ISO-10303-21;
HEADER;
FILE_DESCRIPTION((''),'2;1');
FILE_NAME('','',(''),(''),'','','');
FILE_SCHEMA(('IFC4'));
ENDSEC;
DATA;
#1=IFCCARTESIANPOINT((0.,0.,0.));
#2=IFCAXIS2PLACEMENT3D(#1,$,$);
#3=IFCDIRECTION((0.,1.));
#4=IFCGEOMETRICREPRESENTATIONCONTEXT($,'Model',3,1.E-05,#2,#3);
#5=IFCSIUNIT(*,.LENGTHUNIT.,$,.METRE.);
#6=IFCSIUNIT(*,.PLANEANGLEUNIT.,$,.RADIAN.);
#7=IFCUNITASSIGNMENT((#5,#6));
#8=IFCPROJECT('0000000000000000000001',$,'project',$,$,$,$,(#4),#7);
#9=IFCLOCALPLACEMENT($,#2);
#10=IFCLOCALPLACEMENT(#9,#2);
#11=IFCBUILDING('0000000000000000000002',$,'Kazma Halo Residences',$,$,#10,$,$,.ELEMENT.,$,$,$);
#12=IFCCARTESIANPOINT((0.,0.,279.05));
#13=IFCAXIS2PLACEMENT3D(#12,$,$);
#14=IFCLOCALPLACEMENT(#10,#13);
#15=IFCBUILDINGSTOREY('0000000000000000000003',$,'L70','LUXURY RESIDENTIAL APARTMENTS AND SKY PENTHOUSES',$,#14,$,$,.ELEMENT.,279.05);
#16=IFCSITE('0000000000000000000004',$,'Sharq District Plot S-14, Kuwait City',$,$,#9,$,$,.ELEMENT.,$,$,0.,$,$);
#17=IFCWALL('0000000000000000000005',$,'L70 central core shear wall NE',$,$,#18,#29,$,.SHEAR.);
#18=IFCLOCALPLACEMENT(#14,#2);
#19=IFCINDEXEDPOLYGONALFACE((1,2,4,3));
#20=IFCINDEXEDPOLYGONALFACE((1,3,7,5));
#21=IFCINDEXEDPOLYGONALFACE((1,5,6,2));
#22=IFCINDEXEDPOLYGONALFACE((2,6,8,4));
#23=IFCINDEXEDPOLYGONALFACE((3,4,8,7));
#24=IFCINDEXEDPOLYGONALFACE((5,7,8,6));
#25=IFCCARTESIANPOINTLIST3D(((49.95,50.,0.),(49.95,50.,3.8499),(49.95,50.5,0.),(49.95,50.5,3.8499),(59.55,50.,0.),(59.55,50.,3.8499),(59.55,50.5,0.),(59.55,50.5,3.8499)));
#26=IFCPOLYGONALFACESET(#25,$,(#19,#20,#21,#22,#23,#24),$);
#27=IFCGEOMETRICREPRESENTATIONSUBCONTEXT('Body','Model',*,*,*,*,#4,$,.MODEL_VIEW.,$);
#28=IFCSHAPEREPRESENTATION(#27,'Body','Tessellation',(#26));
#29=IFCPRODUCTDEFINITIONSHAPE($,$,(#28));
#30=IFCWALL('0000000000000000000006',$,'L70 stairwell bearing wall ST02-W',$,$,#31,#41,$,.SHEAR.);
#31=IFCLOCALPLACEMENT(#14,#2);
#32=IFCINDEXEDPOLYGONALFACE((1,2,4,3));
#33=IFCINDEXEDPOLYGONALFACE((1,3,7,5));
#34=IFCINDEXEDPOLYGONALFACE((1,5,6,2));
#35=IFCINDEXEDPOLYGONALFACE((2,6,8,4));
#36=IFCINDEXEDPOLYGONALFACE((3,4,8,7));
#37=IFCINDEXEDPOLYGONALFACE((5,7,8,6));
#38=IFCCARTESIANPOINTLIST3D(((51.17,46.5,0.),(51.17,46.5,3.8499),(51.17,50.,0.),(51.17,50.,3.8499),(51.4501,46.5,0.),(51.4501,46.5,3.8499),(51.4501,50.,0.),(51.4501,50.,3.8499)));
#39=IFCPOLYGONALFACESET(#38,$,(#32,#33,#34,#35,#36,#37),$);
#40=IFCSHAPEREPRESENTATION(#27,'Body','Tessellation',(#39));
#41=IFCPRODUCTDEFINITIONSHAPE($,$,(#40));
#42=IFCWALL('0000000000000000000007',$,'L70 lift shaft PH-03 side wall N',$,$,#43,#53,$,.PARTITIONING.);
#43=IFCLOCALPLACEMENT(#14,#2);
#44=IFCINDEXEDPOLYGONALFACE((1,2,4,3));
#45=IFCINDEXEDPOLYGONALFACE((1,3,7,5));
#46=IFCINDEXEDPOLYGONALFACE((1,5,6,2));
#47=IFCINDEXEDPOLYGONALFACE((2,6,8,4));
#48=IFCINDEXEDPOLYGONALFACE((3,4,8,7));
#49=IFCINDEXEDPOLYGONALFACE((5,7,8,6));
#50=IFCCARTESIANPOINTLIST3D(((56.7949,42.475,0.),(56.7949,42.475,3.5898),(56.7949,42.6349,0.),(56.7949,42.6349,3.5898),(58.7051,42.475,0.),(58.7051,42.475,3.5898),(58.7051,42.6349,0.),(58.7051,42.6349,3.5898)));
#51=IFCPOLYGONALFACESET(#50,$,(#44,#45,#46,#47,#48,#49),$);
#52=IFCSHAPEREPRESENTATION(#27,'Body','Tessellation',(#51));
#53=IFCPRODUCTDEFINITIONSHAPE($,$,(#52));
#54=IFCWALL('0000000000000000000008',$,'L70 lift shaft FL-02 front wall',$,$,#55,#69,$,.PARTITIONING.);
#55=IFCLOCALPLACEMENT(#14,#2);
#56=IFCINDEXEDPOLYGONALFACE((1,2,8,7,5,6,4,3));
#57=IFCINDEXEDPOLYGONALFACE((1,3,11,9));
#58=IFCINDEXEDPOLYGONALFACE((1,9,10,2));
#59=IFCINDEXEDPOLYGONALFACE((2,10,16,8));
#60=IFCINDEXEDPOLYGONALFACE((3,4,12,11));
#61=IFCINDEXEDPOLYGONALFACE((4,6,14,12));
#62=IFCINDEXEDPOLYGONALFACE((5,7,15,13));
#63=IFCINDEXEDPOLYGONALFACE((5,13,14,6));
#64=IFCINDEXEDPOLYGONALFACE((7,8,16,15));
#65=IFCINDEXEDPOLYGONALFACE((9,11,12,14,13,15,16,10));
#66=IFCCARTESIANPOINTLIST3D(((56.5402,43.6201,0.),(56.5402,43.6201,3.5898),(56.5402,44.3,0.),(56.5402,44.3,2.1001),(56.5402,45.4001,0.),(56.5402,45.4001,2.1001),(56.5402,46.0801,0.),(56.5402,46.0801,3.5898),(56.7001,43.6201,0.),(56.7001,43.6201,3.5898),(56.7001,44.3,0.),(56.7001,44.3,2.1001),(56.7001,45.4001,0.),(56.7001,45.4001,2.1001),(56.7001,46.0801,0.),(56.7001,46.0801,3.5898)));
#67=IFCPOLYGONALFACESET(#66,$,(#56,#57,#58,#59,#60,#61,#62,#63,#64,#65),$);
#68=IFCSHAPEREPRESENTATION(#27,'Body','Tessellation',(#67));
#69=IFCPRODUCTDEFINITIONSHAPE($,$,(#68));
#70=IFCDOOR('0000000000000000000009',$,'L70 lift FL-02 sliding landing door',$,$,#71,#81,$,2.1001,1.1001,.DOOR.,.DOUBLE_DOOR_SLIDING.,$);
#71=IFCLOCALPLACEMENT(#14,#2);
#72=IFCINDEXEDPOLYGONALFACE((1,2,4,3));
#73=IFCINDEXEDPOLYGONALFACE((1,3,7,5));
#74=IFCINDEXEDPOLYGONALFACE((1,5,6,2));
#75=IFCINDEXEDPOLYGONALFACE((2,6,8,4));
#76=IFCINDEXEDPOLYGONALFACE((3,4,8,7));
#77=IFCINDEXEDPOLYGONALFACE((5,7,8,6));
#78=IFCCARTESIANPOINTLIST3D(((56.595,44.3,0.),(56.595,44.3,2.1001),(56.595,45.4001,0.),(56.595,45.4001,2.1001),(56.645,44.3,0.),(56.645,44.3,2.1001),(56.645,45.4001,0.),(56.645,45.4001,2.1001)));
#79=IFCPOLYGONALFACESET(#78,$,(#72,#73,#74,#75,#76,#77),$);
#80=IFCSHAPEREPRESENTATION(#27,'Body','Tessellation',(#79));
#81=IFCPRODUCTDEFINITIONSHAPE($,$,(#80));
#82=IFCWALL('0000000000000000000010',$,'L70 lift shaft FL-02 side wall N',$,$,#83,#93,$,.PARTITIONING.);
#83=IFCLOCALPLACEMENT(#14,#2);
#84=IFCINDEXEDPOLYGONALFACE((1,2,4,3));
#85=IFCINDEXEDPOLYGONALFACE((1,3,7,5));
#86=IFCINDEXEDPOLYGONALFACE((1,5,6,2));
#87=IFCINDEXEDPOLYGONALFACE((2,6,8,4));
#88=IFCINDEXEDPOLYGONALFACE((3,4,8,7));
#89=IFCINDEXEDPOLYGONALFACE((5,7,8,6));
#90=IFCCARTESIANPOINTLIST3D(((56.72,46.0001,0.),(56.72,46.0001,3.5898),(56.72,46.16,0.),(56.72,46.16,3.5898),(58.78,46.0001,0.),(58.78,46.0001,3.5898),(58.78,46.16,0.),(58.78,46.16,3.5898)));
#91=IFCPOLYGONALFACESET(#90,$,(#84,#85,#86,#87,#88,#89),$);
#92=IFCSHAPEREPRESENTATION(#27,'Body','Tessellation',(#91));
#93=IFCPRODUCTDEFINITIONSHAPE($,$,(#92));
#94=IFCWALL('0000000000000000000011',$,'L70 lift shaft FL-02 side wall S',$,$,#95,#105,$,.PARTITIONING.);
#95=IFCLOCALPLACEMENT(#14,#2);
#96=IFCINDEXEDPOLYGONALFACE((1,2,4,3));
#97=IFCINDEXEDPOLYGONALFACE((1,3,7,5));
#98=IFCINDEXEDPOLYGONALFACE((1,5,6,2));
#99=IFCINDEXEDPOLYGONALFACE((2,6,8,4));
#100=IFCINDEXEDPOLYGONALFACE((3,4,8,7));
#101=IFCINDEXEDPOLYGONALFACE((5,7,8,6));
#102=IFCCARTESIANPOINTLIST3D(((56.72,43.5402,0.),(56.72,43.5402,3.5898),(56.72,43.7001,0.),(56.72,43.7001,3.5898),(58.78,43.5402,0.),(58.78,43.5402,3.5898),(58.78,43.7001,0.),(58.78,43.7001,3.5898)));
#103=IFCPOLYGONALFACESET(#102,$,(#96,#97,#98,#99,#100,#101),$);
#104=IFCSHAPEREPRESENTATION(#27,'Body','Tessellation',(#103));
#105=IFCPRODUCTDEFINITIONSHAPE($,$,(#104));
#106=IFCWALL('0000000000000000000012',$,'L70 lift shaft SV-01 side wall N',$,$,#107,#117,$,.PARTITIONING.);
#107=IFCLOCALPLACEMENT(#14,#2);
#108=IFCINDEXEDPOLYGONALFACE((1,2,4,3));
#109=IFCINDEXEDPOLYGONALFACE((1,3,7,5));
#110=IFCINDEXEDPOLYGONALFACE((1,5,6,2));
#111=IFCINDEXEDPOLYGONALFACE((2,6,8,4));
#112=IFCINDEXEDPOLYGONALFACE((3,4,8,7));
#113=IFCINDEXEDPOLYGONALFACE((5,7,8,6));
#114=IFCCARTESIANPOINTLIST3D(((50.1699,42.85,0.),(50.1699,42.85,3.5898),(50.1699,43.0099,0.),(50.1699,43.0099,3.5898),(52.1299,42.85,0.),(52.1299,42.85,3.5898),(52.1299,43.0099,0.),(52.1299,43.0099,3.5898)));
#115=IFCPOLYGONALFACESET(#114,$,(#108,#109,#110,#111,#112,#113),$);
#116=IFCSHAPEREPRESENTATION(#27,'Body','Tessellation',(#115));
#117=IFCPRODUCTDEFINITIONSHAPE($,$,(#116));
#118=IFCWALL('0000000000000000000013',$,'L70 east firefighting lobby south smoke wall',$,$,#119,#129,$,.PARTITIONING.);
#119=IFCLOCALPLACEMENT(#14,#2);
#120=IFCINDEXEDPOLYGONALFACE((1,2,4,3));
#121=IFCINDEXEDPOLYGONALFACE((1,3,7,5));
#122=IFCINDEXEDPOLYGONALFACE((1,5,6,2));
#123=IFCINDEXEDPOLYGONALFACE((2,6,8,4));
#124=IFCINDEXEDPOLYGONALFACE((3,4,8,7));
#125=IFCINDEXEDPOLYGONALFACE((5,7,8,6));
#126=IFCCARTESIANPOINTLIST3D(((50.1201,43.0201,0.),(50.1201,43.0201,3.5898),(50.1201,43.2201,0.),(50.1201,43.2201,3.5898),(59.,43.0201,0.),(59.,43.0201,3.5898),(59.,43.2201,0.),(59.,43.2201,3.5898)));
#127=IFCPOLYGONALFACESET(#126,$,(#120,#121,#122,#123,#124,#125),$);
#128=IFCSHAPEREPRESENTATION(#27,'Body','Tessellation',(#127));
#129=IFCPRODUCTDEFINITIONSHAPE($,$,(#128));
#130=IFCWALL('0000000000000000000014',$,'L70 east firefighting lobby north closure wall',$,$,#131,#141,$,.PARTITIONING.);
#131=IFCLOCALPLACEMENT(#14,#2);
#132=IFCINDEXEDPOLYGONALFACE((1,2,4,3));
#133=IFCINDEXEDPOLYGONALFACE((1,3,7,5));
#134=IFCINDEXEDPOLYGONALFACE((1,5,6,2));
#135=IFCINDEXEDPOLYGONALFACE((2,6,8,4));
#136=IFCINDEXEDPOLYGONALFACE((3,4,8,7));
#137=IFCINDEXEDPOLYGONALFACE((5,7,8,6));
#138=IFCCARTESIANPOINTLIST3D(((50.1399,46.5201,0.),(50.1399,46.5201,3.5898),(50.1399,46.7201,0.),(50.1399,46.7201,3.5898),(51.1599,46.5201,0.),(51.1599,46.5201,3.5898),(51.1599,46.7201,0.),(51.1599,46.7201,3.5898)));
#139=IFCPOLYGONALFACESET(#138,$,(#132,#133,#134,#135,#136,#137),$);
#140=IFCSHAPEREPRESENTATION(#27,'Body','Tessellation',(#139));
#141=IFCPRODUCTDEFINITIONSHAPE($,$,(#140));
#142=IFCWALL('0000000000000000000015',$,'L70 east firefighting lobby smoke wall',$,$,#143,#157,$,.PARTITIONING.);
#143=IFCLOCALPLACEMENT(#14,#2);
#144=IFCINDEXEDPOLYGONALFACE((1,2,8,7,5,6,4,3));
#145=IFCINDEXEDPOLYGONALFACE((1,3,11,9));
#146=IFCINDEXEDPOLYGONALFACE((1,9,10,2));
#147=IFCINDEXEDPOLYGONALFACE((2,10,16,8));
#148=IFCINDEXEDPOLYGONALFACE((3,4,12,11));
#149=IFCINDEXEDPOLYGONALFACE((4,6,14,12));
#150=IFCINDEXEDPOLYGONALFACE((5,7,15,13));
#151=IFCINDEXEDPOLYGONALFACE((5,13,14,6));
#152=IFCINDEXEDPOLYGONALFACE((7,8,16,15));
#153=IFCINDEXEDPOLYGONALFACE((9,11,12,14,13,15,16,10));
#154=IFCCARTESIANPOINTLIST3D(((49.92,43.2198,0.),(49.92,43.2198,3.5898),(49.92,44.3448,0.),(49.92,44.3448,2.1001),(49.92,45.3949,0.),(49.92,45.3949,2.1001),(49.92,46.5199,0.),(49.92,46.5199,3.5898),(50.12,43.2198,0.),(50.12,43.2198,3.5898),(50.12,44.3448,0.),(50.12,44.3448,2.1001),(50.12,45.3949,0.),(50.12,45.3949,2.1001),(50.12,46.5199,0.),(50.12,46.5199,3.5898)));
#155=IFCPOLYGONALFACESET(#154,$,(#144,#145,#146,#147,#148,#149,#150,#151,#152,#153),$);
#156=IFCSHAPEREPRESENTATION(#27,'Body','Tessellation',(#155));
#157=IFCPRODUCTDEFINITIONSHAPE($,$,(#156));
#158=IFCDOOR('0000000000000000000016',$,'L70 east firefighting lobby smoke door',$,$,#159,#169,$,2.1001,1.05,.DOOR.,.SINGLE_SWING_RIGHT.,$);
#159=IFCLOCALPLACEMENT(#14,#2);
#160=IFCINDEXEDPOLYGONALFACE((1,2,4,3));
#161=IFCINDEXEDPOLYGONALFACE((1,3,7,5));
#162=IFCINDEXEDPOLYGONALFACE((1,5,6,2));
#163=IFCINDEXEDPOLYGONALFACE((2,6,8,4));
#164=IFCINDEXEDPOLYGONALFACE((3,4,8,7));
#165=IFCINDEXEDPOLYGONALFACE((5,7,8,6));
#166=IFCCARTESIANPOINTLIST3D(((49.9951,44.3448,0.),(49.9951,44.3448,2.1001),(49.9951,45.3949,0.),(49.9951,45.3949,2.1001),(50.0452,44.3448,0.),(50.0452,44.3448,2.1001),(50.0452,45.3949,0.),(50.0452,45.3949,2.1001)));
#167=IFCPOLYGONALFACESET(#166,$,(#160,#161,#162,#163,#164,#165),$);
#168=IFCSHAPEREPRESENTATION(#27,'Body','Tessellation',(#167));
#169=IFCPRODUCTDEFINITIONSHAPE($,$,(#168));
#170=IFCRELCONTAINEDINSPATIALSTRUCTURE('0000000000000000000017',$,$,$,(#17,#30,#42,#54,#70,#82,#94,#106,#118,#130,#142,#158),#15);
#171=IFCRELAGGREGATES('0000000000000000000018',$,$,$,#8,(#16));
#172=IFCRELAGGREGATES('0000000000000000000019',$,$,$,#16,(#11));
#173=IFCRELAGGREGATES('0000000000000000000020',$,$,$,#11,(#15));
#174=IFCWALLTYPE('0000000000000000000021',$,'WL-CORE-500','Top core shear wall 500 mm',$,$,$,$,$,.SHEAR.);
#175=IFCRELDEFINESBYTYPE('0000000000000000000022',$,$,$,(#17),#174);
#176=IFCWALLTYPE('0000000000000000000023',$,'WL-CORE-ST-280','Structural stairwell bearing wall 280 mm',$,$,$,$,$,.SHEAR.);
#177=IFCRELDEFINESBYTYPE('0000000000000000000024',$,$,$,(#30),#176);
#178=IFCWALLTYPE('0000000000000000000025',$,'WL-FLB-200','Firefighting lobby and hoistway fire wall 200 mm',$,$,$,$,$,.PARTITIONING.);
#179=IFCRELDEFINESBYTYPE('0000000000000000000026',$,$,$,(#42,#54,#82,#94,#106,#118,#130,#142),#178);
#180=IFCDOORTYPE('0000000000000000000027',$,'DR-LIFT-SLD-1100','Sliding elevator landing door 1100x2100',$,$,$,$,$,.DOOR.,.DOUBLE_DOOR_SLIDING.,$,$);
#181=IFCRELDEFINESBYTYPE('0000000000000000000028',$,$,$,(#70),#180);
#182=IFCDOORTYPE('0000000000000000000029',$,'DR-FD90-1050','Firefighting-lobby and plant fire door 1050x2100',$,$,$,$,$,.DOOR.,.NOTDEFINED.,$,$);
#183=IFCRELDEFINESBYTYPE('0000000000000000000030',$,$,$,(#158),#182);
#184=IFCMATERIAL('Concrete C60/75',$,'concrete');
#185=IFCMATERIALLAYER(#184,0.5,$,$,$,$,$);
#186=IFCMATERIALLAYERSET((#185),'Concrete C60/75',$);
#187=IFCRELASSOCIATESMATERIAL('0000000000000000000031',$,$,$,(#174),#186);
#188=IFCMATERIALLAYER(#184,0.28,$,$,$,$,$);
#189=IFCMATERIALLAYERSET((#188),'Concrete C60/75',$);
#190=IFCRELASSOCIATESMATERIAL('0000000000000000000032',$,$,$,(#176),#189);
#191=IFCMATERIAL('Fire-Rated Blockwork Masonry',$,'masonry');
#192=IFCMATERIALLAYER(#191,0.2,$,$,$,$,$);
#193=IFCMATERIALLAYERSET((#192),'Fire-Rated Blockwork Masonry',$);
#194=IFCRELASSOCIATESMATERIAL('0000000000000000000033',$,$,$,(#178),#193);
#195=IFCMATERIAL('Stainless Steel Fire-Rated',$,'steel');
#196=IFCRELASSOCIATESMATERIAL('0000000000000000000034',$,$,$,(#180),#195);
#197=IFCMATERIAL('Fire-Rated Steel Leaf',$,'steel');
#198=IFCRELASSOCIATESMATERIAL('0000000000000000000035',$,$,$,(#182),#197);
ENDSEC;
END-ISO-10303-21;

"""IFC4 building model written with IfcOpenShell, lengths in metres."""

from ifc_helpers import new_model, si_unit, direction, frame, frame_2d, origin, place, context, subcontext, project, spatial, rectangle, extrude, material, layer, layer_set, type_object, element, fill, save


model = new_model("IFC4")

# Units and contexts
model_context = context("Model", 3, precision=1e-05, world=origin(), true_north=direction((0.0, 1.0)))
body_context = subcontext(model_context, "Body", "Model", "MODEL_VIEW")
ifc_project = project(units=[si_unit("LENGTHUNIT", "METRE"), si_unit("PLANEANGLEUNIT", "RADIAN")], contexts=[model_context])

# Site, building, storey
site_placement = place(None, origin())
site = spatial("IfcSite", under=ifc_project, at=site_placement, Name="Sharq District Plot S-14, Kuwait City", CompositionType="ELEMENT", RefElevation=0.0)
building_placement = place(site_placement, origin())
building = spatial("IfcBuilding", under=site, at=building_placement, Name="Kazma Halo Residences", CompositionType="ELEMENT")
storey_placement = place(building_placement, frame((0.0, 0.0, 279.05)))
storey = spatial("IfcBuildingStorey", under=building, at=storey_placement, Name="L70", Description="LUXURY RESIDENTIAL APARTMENTS AND SKY PENTHOUSES", CompositionType="ELEMENT", Elevation=279.05)

# Walls
ifc_material_1 = material(Name="Concrete C60/75", Category="concrete")
ifc_layer_1 = layer(ifc_material_1, 0.5)
ifc_layer_set_1 = layer_set([ifc_layer_1], Name="Concrete C60/75")
wall_type_1 = type_object("IfcWallType", Name="WL-CORE-500", Description="Top core shear wall 500 mm", PredefinedType="SHEAR", material=ifc_layer_set_1)
wall_1_placement = place(storey_placement, frame((49.95, 50.25, 0.0), z_axis=(0.0, 0.0, 1.0), x_axis=(1.0, 0.0, 0.0)))
element("IfcWall", 1, at=wall_1_placement, inside=storey, type_object=wall_type_1, Name="L70 central core shear wall NE", PredefinedType="SHEAR", context=body_context, shape_type="SweptSolid", body=[
    extrude(rectangle(XDim=9.6001, YDim=0.5, at=frame_2d((4.8, 0.0))), origin(), (0.0, 0.0, 1.0), 3.8499),
])
ifc_layer_2 = layer(ifc_material_1, 0.28)
ifc_layer_set_2 = layer_set([ifc_layer_2], Name="Concrete C60/75")
wall_type_2 = type_object("IfcWallType", Name="WL-CORE-ST-280", Description="Structural stairwell bearing wall 280 mm", PredefinedType="SHEAR", material=ifc_layer_set_2)
wall_2_placement = place(storey_placement, frame((51.3101, 46.5, 0.0), z_axis=(0.0, 0.0, 1.0), x_axis=(0.0, 1.0, 0.0)))
element("IfcWall", 2, at=wall_2_placement, inside=storey, type_object=wall_type_2, Name="L70 stairwell bearing wall ST02-W", PredefinedType="SHEAR", context=body_context, shape_type="SweptSolid", body=[
    extrude(rectangle(XDim=3.5, YDim=0.28, at=frame_2d((1.75, 0.0))), origin(), (0.0, 0.0, 1.0), 3.8499),
])
ifc_material_2 = material(Name="Fire-Rated Blockwork Masonry", Category="masonry")
ifc_layer_3 = layer(ifc_material_2, 0.2)
ifc_layer_set_3 = layer_set([ifc_layer_3], Name="Fire-Rated Blockwork Masonry")
wall_type_3 = type_object("IfcWallType", Name="WL-FLB-200", Description="Firefighting lobby and hoistway fire wall 200 mm", PredefinedType="PARTITIONING", material=ifc_layer_set_3)
wall_3_placement = place(storey_placement, frame((56.7949, 42.5549, 0.0), z_axis=(0.0, 0.0, 1.0), x_axis=(1.0, 0.0, 0.0)))
element("IfcWall", 3, at=wall_3_placement, inside=storey, type_object=wall_type_3, Name="L70 lift shaft PH-03 side wall N", PredefinedType="PARTITIONING", context=body_context, shape_type="SweptSolid", body=[
    extrude(rectangle(XDim=1.9102, YDim=0.1599, at=frame_2d((0.9551, 0.0))), origin(), (0.0, 0.0, 1.0), 3.5898),
])

# Wall, opening, door
wall_4_placement = place(storey_placement, frame((56.6201, 46.0801, 0.0), z_axis=(0.0, 0.0, 1.0), x_axis=(0.0, -1.0, 0.0)))
wall_4 = element("IfcWall", 4, at=wall_4_placement, inside=storey, type_object=wall_type_3, Name="L70 lift shaft FL-02 front wall", PredefinedType="PARTITIONING", context=body_context, shape_type="SweptSolid", body=[
    extrude(rectangle(XDim=2.46, YDim=0.1599, at=frame_2d((1.23, 0.0))), origin(), (0.0, 0.0, 1.0), 3.5898),
])
opening_1_placement = place(wall_4_placement, frame((0.6799, 0.0, 0.0)))
opening_1 = element("IfcOpeningElement", 5, at=opening_1_placement, cuts=wall_4, PredefinedType="OPENING", context=body_context, shape_type="SweptSolid", body=[
    extrude(rectangle(XDim=1.1001, YDim=2.1001, at=frame_2d((0.55, 1.05))), frame((0.0, 0.0898, 0.0), z_axis=(0.0, -1.0, 0.0), x_axis=(1.0, 0.0, 0.0)), (0.0, 0.0, 1.0), 0.1799),
])
ifc_material_3 = material(Name="Stainless Steel Fire-Rated", Category="steel")
door_type_1 = type_object("IfcDoorType", Name="DR-LIFT-SLD-1100", Description="Sliding elevator landing door 1100x2100", OperationType="DOUBLE_DOOR_SLIDING", PredefinedType="DOOR", material=ifc_material_3)
door_1_placement = place(opening_1_placement, origin())
door_1 = element("IfcDoor", 6, at=door_1_placement, inside=storey, type_object=door_type_1, Name="L70 lift FL-02 sliding landing door", OperationType="DOUBLE_DOOR_SLIDING", OverallHeight=2.1001, OverallWidth=1.1001, PredefinedType="DOOR", context=body_context, shape_type="SweptSolid", body=[
    extrude(rectangle(XDim=1.1001, YDim=2.1001, at=frame_2d((0.55, 1.05))), frame((0.0, 0.0249, 0.0), z_axis=(0.0, -1.0, 0.0), x_axis=(1.0, 0.0, 0.0)), (0.0, 0.0, 1.0), 0.05),
])
fill(opening_1, door_1)

# Walls
for number, where, z_axis, x_axis, name in (
    (7, (56.72, 46.0801, 0.0), (0.0, 0.0, 1.0), (1.0, 0.0, 0.0), "L70 lift shaft FL-02 side wall N"),
    (8, (56.72, 43.6201, 0.0), (0.0, 0.0, 1.0), (1.0, 0.0, 0.0), "L70 lift shaft FL-02 side wall S"),
):
    element("IfcWall", number, at=place(storey_placement, frame(where, z_axis=z_axis, x_axis=x_axis)), inside=storey, type_object=wall_type_3, Name=name, PredefinedType="PARTITIONING", context=body_context, shape_type="SweptSolid", body=[
        extrude(rectangle(XDim=2.0601, YDim=0.1599, at=frame_2d((1.03, 0.0))), origin(), (0.0, 0.0, 1.0), 3.5898),
    ])
wall_5_placement = place(storey_placement, frame((50.1699, 42.9299, 0.0), z_axis=(0.0, 0.0, 1.0), x_axis=(1.0, 0.0, 0.0)))
element("IfcWall", 9, at=wall_5_placement, inside=storey, type_object=wall_type_3, Name="L70 lift shaft SV-01 side wall N", PredefinedType="PARTITIONING", context=body_context, shape_type="SweptSolid", body=[
    extrude(rectangle(XDim=1.96, YDim=0.1599, at=frame_2d((0.98, 0.0))), origin(), (0.0, 0.0, 1.0), 3.5898),
])
wall_6_placement = place(storey_placement, frame((50.1201, 43.1201, 0.0), z_axis=(0.0, 0.0, 1.0), x_axis=(1.0, 0.0, 0.0)))
element("IfcWall", 10, at=wall_6_placement, inside=storey, type_object=wall_type_3, Name="L70 east firefighting lobby south smoke wall", PredefinedType="PARTITIONING", context=body_context, shape_type="SweptSolid", body=[
    extrude(rectangle(XDim=8.8799, YDim=0.2, at=frame_2d((4.4399, 0.0))), origin(), (0.0, 0.0, 1.0), 3.5898),
])
wall_7_placement = place(storey_placement, frame((50.1399, 46.6201, 0.0), z_axis=(0.0, 0.0, 1.0), x_axis=(1.0, 0.0, 0.0)))
element("IfcWall", 11, at=wall_7_placement, inside=storey, type_object=wall_type_3, Name="L70 east firefighting lobby north closure wall", PredefinedType="PARTITIONING", context=body_context, shape_type="SweptSolid", body=[
    extrude(rectangle(XDim=1.02, YDim=0.2, at=frame_2d((0.51, 0.0))), origin(), (0.0, 0.0, 1.0), 3.5898),
])

# Wall, opening, door
wall_8_placement = place(storey_placement, frame((50.02, 43.22, 0.0), z_axis=(0.0, 0.0, 1.0), x_axis=(0.0, 1.0, 0.0)))
wall_8 = element("IfcWall", 12, at=wall_8_placement, inside=storey, type_object=wall_type_3, Name="L70 east firefighting lobby smoke wall", PredefinedType="PARTITIONING", context=body_context, shape_type="SweptSolid", body=[
    extrude(rectangle(XDim=3.3, YDim=0.2, at=frame_2d((1.6499, 0.0))), origin(), (0.0, 0.0, 1.0), 3.5898),
])
opening_2_placement = place(wall_8_placement, frame((1.125, 0.0, 0.0)))
opening_2 = element("IfcOpeningElement", 13, at=opening_2_placement, cuts=wall_8, PredefinedType="OPENING", context=body_context, shape_type="SweptSolid", body=[
    extrude(rectangle(XDim=1.05, YDim=2.1001, at=frame_2d((0.5249, 1.05))), frame((0.0, 0.1099, 0.0), z_axis=(0.0, -1.0, 0.0), x_axis=(1.0, 0.0, 0.0)), (0.0, 0.0, 1.0), 0.22),
])
ifc_material_4 = material(Name="Fire-Rated Steel Leaf", Category="steel")
door_type_2 = type_object("IfcDoorType", Name="DR-FD90-1050", Description="Firefighting-lobby and plant fire door 1050x2100", OperationType="NOTDEFINED", PredefinedType="DOOR", material=ifc_material_4)
door_2_placement = place(opening_2_placement, origin())
door_2 = element("IfcDoor", 14, at=door_2_placement, inside=storey, type_object=door_type_2, Name="L70 east firefighting lobby smoke door", OperationType="SINGLE_SWING_RIGHT", OverallHeight=2.1001, OverallWidth=1.05, PredefinedType="DOOR", context=body_context, shape_type="SweptSolid", body=[
    extrude(rectangle(XDim=1.05, YDim=2.1001, at=frame_2d((0.5249, 1.05))), frame((0.0, 0.0249, 0.0), z_axis=(0.0, -1.0, 0.0), x_axis=(1.0, 0.0, 0.0)), (0.0, 0.0, 1.0), 0.05),
])
fill(opening_2, door_2)

save(model, "model.ifc")
